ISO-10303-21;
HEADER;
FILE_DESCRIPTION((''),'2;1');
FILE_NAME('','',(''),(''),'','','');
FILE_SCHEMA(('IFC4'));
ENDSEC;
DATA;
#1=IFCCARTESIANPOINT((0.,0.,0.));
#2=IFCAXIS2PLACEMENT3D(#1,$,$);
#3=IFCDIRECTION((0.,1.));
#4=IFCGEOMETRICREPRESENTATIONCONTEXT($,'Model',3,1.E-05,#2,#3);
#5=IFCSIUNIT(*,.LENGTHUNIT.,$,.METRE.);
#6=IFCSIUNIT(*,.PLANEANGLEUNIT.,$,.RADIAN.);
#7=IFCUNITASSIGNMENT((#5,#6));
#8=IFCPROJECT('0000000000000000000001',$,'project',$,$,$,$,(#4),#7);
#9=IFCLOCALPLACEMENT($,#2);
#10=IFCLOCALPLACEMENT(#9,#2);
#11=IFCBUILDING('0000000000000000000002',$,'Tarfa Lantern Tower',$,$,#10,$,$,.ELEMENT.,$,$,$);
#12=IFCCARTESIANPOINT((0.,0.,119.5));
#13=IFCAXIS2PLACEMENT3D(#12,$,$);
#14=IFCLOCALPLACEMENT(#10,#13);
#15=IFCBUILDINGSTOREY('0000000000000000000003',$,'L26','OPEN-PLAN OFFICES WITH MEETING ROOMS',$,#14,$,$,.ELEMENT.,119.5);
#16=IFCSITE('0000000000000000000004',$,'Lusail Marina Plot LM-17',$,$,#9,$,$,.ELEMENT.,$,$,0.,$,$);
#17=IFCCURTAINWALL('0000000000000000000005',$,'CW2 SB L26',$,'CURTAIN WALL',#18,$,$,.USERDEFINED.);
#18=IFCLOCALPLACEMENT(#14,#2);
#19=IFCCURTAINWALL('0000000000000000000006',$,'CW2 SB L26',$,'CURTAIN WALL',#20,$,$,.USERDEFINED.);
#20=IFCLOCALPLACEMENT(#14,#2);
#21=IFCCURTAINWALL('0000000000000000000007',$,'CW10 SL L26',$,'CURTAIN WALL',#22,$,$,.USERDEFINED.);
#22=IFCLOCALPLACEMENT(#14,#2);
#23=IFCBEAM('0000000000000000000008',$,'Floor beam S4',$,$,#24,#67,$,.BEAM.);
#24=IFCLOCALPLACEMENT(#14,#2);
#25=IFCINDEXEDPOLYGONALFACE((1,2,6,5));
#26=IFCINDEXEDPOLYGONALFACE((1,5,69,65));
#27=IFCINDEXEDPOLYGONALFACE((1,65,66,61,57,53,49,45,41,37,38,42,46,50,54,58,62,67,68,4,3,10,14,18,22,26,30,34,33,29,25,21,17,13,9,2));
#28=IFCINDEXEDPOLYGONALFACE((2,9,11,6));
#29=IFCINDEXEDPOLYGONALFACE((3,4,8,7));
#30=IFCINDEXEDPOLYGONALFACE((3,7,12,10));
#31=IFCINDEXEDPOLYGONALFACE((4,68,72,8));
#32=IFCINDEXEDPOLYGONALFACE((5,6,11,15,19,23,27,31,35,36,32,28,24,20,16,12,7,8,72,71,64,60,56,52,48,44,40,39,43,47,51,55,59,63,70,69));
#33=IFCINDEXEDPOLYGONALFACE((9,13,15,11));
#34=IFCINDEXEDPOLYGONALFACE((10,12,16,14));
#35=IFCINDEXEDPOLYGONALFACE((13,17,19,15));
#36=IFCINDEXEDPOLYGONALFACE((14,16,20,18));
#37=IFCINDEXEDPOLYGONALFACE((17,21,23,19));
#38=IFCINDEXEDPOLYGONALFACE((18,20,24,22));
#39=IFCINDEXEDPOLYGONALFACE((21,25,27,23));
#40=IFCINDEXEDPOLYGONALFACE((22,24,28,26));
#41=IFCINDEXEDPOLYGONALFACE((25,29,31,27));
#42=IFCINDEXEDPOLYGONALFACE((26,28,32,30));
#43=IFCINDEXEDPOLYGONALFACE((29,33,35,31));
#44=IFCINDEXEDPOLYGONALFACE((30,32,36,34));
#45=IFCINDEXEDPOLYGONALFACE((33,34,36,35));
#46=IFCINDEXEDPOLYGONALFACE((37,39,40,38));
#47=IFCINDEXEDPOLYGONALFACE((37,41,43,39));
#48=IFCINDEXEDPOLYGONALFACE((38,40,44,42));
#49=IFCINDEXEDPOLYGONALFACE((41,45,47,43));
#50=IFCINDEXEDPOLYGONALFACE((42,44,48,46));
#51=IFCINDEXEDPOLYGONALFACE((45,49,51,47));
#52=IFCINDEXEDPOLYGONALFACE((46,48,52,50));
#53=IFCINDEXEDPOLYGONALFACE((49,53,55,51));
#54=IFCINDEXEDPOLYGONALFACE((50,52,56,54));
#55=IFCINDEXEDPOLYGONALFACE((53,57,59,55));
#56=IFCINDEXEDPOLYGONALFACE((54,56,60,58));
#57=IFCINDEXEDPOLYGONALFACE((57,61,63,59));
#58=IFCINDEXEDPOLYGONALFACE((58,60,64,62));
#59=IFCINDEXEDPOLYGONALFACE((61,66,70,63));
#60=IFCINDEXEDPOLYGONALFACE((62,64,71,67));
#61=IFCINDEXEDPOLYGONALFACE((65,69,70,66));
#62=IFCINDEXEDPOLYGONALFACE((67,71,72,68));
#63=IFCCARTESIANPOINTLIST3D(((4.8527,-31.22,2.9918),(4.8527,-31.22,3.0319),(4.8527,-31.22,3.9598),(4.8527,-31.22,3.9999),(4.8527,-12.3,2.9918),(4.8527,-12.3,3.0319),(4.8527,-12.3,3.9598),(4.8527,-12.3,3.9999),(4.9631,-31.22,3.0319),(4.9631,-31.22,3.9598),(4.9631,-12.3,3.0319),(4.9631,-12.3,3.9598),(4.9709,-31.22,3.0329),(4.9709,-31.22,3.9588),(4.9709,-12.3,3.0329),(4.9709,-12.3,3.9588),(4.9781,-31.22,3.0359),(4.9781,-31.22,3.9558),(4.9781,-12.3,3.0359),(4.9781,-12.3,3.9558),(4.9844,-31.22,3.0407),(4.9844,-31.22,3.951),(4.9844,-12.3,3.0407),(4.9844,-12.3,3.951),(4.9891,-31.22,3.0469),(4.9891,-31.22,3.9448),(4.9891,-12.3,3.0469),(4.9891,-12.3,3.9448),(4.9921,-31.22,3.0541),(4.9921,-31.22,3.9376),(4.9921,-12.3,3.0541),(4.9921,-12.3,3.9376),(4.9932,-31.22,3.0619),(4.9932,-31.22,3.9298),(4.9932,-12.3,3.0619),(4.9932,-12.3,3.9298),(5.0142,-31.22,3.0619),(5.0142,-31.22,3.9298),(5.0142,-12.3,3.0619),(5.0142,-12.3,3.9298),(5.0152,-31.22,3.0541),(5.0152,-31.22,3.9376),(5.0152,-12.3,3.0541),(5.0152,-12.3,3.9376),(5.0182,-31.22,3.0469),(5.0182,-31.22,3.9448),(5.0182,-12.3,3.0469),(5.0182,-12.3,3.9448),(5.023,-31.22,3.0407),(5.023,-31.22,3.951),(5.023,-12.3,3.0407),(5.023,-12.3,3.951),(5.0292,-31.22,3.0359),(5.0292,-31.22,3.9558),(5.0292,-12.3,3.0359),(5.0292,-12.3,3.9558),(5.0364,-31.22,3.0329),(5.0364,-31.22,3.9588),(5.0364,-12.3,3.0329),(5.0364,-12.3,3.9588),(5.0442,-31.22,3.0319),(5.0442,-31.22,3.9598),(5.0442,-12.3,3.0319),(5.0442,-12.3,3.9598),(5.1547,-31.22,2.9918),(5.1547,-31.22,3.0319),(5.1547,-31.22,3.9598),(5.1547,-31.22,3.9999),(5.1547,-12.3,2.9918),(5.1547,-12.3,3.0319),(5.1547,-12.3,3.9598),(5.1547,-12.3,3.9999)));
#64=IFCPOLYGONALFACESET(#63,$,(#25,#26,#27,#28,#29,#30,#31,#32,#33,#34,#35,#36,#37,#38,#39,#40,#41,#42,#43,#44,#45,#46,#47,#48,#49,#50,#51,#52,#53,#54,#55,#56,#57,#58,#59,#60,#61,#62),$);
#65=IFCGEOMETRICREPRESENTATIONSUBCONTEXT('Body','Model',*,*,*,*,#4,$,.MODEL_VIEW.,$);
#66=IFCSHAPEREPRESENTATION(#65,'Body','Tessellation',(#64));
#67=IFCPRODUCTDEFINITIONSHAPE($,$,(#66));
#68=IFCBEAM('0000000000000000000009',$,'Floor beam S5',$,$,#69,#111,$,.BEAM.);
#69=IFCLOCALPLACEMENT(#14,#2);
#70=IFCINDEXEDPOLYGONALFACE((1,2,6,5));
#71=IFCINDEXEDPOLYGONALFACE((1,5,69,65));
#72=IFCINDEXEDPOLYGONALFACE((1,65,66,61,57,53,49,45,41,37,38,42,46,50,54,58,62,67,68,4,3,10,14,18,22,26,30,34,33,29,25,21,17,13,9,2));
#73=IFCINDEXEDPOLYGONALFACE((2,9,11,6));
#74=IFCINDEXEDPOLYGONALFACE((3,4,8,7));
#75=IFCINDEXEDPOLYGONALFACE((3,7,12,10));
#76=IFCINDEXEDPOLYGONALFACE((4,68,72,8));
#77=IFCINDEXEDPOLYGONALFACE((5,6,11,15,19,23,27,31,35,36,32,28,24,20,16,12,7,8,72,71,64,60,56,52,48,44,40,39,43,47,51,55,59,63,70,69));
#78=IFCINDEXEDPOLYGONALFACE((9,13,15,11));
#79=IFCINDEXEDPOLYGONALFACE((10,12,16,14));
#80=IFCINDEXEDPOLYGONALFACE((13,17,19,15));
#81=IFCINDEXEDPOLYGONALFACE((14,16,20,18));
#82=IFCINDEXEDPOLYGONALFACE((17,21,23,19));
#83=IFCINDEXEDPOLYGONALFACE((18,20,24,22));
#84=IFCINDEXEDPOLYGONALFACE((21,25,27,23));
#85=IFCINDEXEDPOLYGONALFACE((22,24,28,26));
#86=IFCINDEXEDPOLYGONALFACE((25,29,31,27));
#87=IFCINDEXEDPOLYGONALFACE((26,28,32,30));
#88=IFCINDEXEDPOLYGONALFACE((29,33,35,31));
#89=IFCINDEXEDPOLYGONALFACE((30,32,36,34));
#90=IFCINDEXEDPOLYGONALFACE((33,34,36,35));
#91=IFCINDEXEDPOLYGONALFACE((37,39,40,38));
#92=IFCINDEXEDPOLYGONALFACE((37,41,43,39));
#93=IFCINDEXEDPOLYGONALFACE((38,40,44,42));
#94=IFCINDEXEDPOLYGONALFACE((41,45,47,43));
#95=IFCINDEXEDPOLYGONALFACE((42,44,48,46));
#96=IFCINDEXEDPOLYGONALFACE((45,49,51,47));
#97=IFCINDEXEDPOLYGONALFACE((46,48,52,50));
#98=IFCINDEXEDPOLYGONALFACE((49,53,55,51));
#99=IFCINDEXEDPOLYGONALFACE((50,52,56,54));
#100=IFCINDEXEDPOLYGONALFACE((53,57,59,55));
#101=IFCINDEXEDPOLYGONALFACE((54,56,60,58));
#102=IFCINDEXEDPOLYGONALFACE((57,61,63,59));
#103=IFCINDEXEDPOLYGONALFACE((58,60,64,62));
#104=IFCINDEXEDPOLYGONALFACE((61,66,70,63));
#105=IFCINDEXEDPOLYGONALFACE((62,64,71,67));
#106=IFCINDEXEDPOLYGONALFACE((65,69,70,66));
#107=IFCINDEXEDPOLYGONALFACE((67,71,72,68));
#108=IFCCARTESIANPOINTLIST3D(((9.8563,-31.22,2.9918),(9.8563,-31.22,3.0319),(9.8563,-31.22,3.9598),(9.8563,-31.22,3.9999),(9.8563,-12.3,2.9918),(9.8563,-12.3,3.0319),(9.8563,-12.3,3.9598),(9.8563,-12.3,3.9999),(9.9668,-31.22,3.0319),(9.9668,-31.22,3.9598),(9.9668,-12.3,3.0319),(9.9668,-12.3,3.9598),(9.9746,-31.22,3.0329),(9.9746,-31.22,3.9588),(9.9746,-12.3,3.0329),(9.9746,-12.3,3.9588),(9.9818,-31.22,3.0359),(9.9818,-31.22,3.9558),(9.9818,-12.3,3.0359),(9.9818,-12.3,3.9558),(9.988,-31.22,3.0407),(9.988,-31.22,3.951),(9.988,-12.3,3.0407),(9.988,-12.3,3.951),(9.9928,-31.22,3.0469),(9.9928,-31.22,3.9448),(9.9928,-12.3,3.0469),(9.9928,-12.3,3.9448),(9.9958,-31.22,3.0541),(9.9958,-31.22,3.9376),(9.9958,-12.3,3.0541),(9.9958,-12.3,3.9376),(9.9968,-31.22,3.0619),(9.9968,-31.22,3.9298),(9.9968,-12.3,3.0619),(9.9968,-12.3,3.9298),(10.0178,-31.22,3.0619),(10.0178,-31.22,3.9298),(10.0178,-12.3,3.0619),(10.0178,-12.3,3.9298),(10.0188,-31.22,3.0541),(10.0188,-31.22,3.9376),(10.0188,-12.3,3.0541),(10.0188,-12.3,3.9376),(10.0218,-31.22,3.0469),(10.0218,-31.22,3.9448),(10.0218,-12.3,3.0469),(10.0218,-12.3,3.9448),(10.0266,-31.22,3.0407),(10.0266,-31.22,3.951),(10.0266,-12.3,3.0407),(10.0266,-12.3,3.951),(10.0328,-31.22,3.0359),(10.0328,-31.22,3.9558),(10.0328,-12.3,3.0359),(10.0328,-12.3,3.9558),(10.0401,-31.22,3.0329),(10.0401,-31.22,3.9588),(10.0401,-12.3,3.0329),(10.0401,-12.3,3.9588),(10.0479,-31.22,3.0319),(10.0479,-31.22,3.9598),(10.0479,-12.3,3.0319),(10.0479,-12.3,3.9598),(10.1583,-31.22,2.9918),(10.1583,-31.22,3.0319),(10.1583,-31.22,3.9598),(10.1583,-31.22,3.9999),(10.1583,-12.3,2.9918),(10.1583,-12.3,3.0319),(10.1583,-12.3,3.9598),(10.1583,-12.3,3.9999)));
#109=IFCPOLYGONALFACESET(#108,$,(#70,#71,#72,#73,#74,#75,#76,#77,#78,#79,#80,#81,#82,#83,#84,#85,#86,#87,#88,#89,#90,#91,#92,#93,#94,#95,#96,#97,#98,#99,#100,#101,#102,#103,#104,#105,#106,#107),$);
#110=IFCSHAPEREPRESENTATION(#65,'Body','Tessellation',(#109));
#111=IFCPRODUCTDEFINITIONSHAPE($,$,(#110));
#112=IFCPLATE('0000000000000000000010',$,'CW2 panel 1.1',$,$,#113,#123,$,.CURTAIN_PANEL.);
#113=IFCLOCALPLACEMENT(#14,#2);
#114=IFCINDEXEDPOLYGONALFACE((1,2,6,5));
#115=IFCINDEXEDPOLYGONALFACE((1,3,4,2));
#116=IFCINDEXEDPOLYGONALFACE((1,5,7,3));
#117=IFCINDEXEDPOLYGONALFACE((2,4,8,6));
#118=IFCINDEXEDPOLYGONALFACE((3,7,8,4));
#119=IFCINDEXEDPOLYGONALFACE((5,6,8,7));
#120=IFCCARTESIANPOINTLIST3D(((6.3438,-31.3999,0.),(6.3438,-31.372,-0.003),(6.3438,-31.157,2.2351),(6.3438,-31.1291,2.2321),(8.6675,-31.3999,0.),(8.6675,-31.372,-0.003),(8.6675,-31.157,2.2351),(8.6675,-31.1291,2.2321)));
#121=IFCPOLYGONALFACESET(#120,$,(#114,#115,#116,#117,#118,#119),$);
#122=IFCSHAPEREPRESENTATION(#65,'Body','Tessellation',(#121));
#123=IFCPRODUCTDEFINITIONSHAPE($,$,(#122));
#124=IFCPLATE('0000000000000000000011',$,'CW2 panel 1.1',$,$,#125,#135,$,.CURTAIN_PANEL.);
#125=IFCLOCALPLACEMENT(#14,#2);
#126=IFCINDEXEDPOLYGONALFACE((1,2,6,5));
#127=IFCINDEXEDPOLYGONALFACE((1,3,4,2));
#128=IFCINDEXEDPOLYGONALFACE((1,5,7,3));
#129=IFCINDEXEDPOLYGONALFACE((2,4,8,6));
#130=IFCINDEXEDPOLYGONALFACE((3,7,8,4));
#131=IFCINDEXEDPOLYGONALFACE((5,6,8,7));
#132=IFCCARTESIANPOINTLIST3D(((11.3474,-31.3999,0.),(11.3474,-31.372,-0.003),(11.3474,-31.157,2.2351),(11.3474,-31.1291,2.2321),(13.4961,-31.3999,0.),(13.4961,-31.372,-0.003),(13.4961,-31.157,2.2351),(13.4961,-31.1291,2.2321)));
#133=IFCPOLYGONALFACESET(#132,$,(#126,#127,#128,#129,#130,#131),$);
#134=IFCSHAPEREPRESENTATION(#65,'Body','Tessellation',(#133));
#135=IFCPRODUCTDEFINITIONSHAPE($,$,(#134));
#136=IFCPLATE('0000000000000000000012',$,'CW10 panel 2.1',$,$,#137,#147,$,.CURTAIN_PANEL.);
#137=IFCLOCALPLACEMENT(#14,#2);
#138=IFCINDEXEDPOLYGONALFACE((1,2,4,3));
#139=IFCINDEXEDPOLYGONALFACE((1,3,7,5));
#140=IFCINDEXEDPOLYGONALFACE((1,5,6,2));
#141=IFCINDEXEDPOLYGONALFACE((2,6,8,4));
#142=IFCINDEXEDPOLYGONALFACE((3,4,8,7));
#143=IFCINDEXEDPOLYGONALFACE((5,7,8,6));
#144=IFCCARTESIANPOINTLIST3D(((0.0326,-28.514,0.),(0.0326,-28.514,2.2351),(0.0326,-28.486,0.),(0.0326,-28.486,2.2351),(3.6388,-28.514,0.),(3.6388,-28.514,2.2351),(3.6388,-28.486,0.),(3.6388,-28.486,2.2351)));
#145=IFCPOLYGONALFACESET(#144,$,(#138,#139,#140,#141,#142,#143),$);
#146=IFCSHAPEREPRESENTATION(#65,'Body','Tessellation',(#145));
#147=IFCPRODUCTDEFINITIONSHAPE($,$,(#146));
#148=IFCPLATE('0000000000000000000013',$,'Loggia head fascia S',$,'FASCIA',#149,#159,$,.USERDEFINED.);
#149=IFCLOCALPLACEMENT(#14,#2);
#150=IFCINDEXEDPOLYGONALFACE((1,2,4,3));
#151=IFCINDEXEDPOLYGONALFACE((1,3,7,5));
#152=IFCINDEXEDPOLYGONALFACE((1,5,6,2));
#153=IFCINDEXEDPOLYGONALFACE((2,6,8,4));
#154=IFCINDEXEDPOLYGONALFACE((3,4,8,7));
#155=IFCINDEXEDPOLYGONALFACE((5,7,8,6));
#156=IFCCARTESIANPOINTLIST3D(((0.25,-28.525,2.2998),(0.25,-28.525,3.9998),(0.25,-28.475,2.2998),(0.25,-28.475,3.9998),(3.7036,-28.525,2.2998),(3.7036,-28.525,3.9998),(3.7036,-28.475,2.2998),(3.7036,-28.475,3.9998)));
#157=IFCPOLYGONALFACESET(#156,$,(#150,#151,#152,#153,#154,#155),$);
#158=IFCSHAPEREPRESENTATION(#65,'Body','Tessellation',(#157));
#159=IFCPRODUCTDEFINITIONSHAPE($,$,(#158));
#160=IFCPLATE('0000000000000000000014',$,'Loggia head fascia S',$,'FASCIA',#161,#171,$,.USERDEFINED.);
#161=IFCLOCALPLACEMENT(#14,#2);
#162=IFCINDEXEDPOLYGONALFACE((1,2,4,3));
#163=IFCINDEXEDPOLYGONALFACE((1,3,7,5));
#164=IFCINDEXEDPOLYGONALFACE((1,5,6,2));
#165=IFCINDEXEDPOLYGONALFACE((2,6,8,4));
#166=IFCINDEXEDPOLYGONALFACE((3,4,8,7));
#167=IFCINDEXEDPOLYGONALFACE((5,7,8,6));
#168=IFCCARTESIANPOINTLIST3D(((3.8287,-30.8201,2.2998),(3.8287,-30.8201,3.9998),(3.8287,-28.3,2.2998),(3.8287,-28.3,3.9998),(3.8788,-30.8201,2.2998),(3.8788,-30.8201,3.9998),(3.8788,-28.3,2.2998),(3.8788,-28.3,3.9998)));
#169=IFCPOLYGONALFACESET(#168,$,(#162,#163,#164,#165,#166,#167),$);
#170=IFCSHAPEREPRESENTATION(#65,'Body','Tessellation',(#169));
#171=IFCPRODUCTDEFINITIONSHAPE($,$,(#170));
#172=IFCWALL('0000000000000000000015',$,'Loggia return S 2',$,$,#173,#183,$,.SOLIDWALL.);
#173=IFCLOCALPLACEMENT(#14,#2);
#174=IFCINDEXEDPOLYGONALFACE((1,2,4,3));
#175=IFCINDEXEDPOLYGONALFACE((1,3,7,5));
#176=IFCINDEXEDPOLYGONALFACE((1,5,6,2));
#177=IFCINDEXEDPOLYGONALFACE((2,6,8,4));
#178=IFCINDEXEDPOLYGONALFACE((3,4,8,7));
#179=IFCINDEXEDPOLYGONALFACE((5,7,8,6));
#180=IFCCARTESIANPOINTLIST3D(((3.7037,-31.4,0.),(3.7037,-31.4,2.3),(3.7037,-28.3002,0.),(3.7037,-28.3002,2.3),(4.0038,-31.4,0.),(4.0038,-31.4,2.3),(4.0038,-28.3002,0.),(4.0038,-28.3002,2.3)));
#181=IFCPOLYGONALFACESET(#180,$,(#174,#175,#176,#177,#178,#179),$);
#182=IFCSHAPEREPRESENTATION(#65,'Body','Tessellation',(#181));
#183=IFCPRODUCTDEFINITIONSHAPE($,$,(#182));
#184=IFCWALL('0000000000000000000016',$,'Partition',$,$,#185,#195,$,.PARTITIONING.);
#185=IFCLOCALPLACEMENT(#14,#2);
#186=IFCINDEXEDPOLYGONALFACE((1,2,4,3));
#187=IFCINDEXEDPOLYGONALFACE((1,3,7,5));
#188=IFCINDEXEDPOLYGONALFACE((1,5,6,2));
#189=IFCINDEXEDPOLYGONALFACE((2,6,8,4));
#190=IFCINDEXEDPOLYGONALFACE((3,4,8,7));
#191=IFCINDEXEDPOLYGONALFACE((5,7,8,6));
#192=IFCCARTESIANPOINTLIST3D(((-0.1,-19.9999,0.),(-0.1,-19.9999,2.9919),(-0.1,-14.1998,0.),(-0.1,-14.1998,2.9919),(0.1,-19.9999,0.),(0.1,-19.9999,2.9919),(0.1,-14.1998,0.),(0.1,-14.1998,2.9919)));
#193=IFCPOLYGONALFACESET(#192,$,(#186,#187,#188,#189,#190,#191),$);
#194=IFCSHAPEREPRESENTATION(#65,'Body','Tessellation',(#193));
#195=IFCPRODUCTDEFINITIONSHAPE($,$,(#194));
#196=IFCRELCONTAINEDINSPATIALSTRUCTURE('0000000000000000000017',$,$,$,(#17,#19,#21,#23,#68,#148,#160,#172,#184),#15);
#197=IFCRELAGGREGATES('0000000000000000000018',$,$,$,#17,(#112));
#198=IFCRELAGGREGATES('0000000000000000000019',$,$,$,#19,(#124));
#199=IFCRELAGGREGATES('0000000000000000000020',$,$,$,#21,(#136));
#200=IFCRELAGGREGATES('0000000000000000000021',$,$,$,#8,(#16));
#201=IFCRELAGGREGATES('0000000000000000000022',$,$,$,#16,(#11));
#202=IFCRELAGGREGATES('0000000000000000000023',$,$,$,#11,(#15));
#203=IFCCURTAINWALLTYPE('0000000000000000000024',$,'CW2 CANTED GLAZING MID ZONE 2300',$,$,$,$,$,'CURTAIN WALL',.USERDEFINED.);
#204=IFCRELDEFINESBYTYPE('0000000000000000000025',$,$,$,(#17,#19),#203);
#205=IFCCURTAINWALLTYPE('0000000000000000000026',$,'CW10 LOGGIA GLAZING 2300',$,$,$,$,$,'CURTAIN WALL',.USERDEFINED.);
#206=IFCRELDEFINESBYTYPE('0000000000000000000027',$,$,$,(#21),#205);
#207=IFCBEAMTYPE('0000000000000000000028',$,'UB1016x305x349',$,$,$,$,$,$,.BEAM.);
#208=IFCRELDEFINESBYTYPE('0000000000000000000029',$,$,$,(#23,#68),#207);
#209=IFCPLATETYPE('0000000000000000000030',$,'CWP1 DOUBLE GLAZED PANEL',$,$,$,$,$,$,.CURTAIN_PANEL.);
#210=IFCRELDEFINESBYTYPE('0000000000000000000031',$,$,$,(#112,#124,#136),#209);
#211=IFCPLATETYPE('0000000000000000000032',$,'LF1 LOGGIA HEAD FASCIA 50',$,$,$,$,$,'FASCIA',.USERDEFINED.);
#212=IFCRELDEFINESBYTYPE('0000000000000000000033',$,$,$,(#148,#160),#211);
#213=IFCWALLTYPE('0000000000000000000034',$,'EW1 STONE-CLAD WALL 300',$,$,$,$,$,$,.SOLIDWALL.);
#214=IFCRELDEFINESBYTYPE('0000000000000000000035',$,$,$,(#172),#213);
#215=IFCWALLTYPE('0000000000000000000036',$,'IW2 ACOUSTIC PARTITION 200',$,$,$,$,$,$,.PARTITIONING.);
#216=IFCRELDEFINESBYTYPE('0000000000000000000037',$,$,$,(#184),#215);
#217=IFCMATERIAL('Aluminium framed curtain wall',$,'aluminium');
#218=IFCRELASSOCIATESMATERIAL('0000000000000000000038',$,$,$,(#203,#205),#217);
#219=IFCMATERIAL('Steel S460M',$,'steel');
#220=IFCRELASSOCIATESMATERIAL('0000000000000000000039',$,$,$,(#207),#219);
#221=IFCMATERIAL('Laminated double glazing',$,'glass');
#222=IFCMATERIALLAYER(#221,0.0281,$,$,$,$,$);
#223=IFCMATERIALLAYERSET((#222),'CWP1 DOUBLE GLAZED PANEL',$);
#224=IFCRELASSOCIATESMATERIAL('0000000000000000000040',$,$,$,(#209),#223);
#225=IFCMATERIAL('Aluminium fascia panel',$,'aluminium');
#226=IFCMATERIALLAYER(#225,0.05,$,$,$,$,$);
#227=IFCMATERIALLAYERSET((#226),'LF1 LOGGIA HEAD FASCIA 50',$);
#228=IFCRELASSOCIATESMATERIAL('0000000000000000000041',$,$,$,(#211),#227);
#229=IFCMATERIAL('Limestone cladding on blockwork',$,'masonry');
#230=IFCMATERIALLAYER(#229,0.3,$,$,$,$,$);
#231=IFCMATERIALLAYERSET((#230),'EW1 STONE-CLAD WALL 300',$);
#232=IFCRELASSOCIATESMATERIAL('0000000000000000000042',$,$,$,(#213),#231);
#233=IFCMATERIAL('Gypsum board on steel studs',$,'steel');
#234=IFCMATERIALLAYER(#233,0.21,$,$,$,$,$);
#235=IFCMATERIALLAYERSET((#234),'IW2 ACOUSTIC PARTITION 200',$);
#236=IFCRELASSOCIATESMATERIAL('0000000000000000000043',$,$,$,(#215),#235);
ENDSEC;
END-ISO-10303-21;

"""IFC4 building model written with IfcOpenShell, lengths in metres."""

from ifc_helpers import new_model, si_unit, direction, frame, frame_2d, origin, origin_2d, place, context, subcontext, project, spatial, polyline, rectangle, i_section, outline, extrude, material, layer, layer_set, material_profile, profile_set, type_object, element, aggregate, save


model = new_model("IFC4")

# Units and contexts
model_context = context("Model", 3, precision=1e-05, world=origin(), true_north=direction((0.0, 1.0)))
body_context = subcontext(model_context, "Body", "Model", "MODEL_VIEW")
ifc_project = project(units=[si_unit("LENGTHUNIT", "METRE"), si_unit("PLANEANGLEUNIT", "RADIAN")], contexts=[model_context])

# Site, building, storey
site_placement = place(None, origin())
site = spatial("IfcSite", under=ifc_project, at=site_placement, Name="Lusail Marina Plot LM-17", CompositionType="ELEMENT", RefElevation=0.0)
building_placement = place(site_placement, origin())
building = spatial("IfcBuilding", under=site, at=building_placement, Name="Tarfa Lantern Tower", CompositionType="ELEMENT")
storey_placement = place(building_placement, frame((0.0, 0.0, 119.5)))
storey = spatial("IfcBuildingStorey", under=building, at=storey_placement, Name="L26", Description="OPEN-PLAN OFFICES WITH MEETING ROOMS", CompositionType="ELEMENT", Elevation=119.5)

# Curtain wall
ifc_material_1 = material(Name="Aluminium framed curtain wall", Category="aluminium")
curtain_wall_type_1 = type_object("IfcCurtainWallType", Name="CW2 CANTED GLAZING MID ZONE 2300", ElementType="CURTAIN WALL", PredefinedType="USERDEFINED", material=ifc_material_1)
curtain_wall_1_placement = place(storey_placement, origin())
curtain_wall_1 = element("IfcCurtainWall", 1, at=curtain_wall_1_placement, inside=storey, type_object=curtain_wall_type_1, Name="CW2 SB L26", ObjectType="CURTAIN WALL", PredefinedType="USERDEFINED")

# Curtain walls
curtain_wall_2_placement = place(storey_placement, origin())
curtain_wall_2 = element("IfcCurtainWall", 2, at=curtain_wall_2_placement, inside=storey, type_object=curtain_wall_type_1, Name="CW2 SB L26", ObjectType="CURTAIN WALL", PredefinedType="USERDEFINED")
curtain_wall_type_2 = type_object("IfcCurtainWallType", Name="CW10 LOGGIA GLAZING 2300", ElementType="CURTAIN WALL", PredefinedType="USERDEFINED", material=ifc_material_1)
curtain_wall_3_placement = place(storey_placement, origin())
curtain_wall_3 = element("IfcCurtainWall", 3, at=curtain_wall_3_placement, inside=storey, type_object=curtain_wall_type_2, Name="CW10 SL L26", ObjectType="CURTAIN WALL", PredefinedType="USERDEFINED")

# Beams
ifc_material_2 = material(Name="Steel S460M", Category="steel")
ifc_material_profile_1 = material_profile(ifc_material_2, i_section(OverallWidth=0.302, OverallDepth=1.0081, WebThickness=0.021, FlangeThickness=0.04, FilletRadius=0.03, at=origin_2d()), Name="UB1016x305x349")
ifc_profile_set_1 = profile_set([ifc_material_profile_1], Name="Steel S460M")
beam_type_1 = type_object("IfcBeamType", Name="UB1016x305x349", PredefinedType="BEAM", material=ifc_profile_set_1)
for number, where, z_axis, x_axis, name in (
    (4, (5.0037, -31.22, 3.4958), (0.0, 1.0, 0.0), (-1.0, 0.0, 0.0), "Floor beam S4"),
    (5, (10.0073, -31.22, 3.4958), (0.0, 1.0, 0.0), (-1.0, 0.0, 0.0), "Floor beam S5"),
):
    element("IfcBeam", number, at=place(storey_placement, frame(where, z_axis=z_axis, x_axis=x_axis)), inside=storey, type_object=beam_type_1, Name=name, PredefinedType="BEAM", context=body_context, shape_type="SweptSolid", body=[
        extrude(i_section(OverallWidth=0.302, OverallDepth=1.0081, WebThickness=0.021, FlangeThickness=0.04, FilletRadius=0.03, at=origin_2d()), origin(), (0.0, 0.0, 1.0), 18.9199),
    ])

# Plates
ifc_material_3 = material(Name="Laminated double glazing", Category="glass")
ifc_layer_1 = layer(ifc_material_3, 0.0281)
ifc_layer_set_1 = layer_set([ifc_layer_1], Name="CWP1 DOUBLE GLAZED PANEL")
plate_type_1 = type_object("IfcPlateType", Name="CWP1 DOUBLE GLAZED PANEL", PredefinedType="CURTAIN_PANEL", material=ifc_layer_set_1)
plate_1_placement = place(storey_placement, frame((6.3438, -31.3999, 0.0), z_axis=(0.0, -0.994146, 0.108048), x_axis=(1.0, 0.0, 0.0)))
plate_1 = element("IfcPlate", 6, at=plate_1_placement, type_object=plate_type_1, Name="CW2 panel 1.1", PredefinedType="CURTAIN_PANEL", context=body_context, shape_type="SweptSolid", body=[
    extrude(outline(polyline([(0.0, 0.0), (2.3237, 0.0), (2.3237, 2.2483), (0.0, 2.2483), (0.0, 0.0)])), origin(), (0.0, 0.0, -1.0), 0.0281),
])
aggregate(curtain_wall_1, [plate_1])
plate_2_placement = place(storey_placement, frame((11.3474, -31.3999, 0.0), z_axis=(0.0, -0.994146, 0.108048), x_axis=(1.0, 0.0, 0.0)))
plate_2 = element("IfcPlate", 7, at=plate_2_placement, type_object=plate_type_1, Name="CW2 panel 1.1", PredefinedType="CURTAIN_PANEL", context=body_context, shape_type="SweptSolid", body=[
    extrude(outline(polyline([(0.0, 0.0), (2.1487, 0.0), (2.1487, 2.2483), (0.0, 2.2483), (0.0, 0.0)])), origin(), (0.0, 0.0, -1.0), 0.0281),
])
aggregate(curtain_wall_2, [plate_2])
plate_3_placement = place(storey_placement, frame((1.8357, -28.5, 0.0), z_axis=(0.0, 0.0, 1.0), x_axis=(1.0, 0.0, 0.0)))
plate_3 = element("IfcPlate", 8, at=plate_3_placement, type_object=plate_type_1, Name="CW10 panel 2.1", PredefinedType="CURTAIN_PANEL", context=body_context, shape_type="SweptSolid", body=[
    extrude(rectangle(XDim=3.6062, YDim=0.0281, at=origin_2d()), origin(), (0.0, 0.0, 1.0), 2.2351),
])
aggregate(curtain_wall_3, [plate_3])

# Plates
ifc_material_4 = material(Name="Aluminium fascia panel", Category="aluminium")
ifc_layer_2 = layer(ifc_material_4, 0.05)
ifc_layer_set_2 = layer_set([ifc_layer_2], Name="LF1 LOGGIA HEAD FASCIA 50")
plate_type_2 = type_object("IfcPlateType", Name="LF1 LOGGIA HEAD FASCIA 50", ElementType="FASCIA", PredefinedType="USERDEFINED", material=ifc_layer_set_2)
plate_4_placement = place(storey_placement, frame((1.9768, -28.5, 2.2998), z_axis=(0.0, 0.0, 1.0), x_axis=(1.0, 0.0, 0.0)))
element("IfcPlate", 9, at=plate_4_placement, inside=storey, type_object=plate_type_2, Name="Loggia head fascia S", ObjectType="FASCIA", PredefinedType="USERDEFINED", context=body_context, shape_type="SweptSolid", body=[
    extrude(rectangle(XDim=3.4536, YDim=0.05, at=origin_2d()), origin(), (0.0, 0.0, 1.0), 1.7),
])
plate_5_placement = place(storey_placement, frame((3.8538, -29.5601, 2.2998), z_axis=(0.0, 0.0, 1.0), x_axis=(0.0, 1.0, 0.0)))
element("IfcPlate", 10, at=plate_5_placement, inside=storey, type_object=plate_type_2, Name="Loggia head fascia S", ObjectType="FASCIA", PredefinedType="USERDEFINED", context=body_context, shape_type="SweptSolid", body=[
    extrude(rectangle(XDim=2.52, YDim=0.05, at=origin_2d()), origin(), (0.0, 0.0, 1.0), 1.7),
])

# Walls
ifc_material_5 = material(Name="Limestone cladding on blockwork", Category="masonry")
ifc_layer_3 = layer(ifc_material_5, 0.3)
ifc_layer_set_3 = layer_set([ifc_layer_3], Name="EW1 STONE-CLAD WALL 300")
wall_type_1 = type_object("IfcWallType", Name="EW1 STONE-CLAD WALL 300", PredefinedType="SOLIDWALL", material=ifc_layer_set_3)
wall_1_placement = place(storey_placement, frame((3.8538, -31.3999, 0.0), z_axis=(0.0, 0.0, 1.0), x_axis=(0.0, 1.0, 0.0)))
element("IfcWall", 11, at=wall_1_placement, inside=storey, type_object=wall_type_1, Name="Loggia return S 2", PredefinedType="SOLIDWALL", context=body_context, shape_type="SweptSolid", body=[
    extrude(rectangle(XDim=3.0999, YDim=0.3, at=frame_2d((1.5498, 0.0))), origin(), (0.0, 0.0, 1.0), 2.3),
])
ifc_material_6 = material(Name="Gypsum board on steel studs", Category="steel")
ifc_layer_4 = layer(ifc_material_6, 0.21)
ifc_layer_set_4 = layer_set([ifc_layer_4], Name="IW2 ACOUSTIC PARTITION 200")
wall_type_2 = type_object("IfcWallType", Name="IW2 ACOUSTIC PARTITION 200", PredefinedType="PARTITIONING", material=ifc_layer_set_4)
wall_2_placement = place(storey_placement, frame((0.0, -14.2, 0.0), z_axis=(0.0, 0.0, 1.0), x_axis=(0.0, -1.0, 0.0)))
element("IfcWall", 12, at=wall_2_placement, inside=storey, type_object=wall_type_2, Name="Partition", PredefinedType="PARTITIONING", context=body_context, shape_type="SweptSolid", body=[
    extrude(rectangle(XDim=5.8, YDim=0.2, at=frame_2d((2.8999, 0.0))), origin(), (0.0, 0.0, 1.0), 2.9919),
])

save(model, "model.ifc")
